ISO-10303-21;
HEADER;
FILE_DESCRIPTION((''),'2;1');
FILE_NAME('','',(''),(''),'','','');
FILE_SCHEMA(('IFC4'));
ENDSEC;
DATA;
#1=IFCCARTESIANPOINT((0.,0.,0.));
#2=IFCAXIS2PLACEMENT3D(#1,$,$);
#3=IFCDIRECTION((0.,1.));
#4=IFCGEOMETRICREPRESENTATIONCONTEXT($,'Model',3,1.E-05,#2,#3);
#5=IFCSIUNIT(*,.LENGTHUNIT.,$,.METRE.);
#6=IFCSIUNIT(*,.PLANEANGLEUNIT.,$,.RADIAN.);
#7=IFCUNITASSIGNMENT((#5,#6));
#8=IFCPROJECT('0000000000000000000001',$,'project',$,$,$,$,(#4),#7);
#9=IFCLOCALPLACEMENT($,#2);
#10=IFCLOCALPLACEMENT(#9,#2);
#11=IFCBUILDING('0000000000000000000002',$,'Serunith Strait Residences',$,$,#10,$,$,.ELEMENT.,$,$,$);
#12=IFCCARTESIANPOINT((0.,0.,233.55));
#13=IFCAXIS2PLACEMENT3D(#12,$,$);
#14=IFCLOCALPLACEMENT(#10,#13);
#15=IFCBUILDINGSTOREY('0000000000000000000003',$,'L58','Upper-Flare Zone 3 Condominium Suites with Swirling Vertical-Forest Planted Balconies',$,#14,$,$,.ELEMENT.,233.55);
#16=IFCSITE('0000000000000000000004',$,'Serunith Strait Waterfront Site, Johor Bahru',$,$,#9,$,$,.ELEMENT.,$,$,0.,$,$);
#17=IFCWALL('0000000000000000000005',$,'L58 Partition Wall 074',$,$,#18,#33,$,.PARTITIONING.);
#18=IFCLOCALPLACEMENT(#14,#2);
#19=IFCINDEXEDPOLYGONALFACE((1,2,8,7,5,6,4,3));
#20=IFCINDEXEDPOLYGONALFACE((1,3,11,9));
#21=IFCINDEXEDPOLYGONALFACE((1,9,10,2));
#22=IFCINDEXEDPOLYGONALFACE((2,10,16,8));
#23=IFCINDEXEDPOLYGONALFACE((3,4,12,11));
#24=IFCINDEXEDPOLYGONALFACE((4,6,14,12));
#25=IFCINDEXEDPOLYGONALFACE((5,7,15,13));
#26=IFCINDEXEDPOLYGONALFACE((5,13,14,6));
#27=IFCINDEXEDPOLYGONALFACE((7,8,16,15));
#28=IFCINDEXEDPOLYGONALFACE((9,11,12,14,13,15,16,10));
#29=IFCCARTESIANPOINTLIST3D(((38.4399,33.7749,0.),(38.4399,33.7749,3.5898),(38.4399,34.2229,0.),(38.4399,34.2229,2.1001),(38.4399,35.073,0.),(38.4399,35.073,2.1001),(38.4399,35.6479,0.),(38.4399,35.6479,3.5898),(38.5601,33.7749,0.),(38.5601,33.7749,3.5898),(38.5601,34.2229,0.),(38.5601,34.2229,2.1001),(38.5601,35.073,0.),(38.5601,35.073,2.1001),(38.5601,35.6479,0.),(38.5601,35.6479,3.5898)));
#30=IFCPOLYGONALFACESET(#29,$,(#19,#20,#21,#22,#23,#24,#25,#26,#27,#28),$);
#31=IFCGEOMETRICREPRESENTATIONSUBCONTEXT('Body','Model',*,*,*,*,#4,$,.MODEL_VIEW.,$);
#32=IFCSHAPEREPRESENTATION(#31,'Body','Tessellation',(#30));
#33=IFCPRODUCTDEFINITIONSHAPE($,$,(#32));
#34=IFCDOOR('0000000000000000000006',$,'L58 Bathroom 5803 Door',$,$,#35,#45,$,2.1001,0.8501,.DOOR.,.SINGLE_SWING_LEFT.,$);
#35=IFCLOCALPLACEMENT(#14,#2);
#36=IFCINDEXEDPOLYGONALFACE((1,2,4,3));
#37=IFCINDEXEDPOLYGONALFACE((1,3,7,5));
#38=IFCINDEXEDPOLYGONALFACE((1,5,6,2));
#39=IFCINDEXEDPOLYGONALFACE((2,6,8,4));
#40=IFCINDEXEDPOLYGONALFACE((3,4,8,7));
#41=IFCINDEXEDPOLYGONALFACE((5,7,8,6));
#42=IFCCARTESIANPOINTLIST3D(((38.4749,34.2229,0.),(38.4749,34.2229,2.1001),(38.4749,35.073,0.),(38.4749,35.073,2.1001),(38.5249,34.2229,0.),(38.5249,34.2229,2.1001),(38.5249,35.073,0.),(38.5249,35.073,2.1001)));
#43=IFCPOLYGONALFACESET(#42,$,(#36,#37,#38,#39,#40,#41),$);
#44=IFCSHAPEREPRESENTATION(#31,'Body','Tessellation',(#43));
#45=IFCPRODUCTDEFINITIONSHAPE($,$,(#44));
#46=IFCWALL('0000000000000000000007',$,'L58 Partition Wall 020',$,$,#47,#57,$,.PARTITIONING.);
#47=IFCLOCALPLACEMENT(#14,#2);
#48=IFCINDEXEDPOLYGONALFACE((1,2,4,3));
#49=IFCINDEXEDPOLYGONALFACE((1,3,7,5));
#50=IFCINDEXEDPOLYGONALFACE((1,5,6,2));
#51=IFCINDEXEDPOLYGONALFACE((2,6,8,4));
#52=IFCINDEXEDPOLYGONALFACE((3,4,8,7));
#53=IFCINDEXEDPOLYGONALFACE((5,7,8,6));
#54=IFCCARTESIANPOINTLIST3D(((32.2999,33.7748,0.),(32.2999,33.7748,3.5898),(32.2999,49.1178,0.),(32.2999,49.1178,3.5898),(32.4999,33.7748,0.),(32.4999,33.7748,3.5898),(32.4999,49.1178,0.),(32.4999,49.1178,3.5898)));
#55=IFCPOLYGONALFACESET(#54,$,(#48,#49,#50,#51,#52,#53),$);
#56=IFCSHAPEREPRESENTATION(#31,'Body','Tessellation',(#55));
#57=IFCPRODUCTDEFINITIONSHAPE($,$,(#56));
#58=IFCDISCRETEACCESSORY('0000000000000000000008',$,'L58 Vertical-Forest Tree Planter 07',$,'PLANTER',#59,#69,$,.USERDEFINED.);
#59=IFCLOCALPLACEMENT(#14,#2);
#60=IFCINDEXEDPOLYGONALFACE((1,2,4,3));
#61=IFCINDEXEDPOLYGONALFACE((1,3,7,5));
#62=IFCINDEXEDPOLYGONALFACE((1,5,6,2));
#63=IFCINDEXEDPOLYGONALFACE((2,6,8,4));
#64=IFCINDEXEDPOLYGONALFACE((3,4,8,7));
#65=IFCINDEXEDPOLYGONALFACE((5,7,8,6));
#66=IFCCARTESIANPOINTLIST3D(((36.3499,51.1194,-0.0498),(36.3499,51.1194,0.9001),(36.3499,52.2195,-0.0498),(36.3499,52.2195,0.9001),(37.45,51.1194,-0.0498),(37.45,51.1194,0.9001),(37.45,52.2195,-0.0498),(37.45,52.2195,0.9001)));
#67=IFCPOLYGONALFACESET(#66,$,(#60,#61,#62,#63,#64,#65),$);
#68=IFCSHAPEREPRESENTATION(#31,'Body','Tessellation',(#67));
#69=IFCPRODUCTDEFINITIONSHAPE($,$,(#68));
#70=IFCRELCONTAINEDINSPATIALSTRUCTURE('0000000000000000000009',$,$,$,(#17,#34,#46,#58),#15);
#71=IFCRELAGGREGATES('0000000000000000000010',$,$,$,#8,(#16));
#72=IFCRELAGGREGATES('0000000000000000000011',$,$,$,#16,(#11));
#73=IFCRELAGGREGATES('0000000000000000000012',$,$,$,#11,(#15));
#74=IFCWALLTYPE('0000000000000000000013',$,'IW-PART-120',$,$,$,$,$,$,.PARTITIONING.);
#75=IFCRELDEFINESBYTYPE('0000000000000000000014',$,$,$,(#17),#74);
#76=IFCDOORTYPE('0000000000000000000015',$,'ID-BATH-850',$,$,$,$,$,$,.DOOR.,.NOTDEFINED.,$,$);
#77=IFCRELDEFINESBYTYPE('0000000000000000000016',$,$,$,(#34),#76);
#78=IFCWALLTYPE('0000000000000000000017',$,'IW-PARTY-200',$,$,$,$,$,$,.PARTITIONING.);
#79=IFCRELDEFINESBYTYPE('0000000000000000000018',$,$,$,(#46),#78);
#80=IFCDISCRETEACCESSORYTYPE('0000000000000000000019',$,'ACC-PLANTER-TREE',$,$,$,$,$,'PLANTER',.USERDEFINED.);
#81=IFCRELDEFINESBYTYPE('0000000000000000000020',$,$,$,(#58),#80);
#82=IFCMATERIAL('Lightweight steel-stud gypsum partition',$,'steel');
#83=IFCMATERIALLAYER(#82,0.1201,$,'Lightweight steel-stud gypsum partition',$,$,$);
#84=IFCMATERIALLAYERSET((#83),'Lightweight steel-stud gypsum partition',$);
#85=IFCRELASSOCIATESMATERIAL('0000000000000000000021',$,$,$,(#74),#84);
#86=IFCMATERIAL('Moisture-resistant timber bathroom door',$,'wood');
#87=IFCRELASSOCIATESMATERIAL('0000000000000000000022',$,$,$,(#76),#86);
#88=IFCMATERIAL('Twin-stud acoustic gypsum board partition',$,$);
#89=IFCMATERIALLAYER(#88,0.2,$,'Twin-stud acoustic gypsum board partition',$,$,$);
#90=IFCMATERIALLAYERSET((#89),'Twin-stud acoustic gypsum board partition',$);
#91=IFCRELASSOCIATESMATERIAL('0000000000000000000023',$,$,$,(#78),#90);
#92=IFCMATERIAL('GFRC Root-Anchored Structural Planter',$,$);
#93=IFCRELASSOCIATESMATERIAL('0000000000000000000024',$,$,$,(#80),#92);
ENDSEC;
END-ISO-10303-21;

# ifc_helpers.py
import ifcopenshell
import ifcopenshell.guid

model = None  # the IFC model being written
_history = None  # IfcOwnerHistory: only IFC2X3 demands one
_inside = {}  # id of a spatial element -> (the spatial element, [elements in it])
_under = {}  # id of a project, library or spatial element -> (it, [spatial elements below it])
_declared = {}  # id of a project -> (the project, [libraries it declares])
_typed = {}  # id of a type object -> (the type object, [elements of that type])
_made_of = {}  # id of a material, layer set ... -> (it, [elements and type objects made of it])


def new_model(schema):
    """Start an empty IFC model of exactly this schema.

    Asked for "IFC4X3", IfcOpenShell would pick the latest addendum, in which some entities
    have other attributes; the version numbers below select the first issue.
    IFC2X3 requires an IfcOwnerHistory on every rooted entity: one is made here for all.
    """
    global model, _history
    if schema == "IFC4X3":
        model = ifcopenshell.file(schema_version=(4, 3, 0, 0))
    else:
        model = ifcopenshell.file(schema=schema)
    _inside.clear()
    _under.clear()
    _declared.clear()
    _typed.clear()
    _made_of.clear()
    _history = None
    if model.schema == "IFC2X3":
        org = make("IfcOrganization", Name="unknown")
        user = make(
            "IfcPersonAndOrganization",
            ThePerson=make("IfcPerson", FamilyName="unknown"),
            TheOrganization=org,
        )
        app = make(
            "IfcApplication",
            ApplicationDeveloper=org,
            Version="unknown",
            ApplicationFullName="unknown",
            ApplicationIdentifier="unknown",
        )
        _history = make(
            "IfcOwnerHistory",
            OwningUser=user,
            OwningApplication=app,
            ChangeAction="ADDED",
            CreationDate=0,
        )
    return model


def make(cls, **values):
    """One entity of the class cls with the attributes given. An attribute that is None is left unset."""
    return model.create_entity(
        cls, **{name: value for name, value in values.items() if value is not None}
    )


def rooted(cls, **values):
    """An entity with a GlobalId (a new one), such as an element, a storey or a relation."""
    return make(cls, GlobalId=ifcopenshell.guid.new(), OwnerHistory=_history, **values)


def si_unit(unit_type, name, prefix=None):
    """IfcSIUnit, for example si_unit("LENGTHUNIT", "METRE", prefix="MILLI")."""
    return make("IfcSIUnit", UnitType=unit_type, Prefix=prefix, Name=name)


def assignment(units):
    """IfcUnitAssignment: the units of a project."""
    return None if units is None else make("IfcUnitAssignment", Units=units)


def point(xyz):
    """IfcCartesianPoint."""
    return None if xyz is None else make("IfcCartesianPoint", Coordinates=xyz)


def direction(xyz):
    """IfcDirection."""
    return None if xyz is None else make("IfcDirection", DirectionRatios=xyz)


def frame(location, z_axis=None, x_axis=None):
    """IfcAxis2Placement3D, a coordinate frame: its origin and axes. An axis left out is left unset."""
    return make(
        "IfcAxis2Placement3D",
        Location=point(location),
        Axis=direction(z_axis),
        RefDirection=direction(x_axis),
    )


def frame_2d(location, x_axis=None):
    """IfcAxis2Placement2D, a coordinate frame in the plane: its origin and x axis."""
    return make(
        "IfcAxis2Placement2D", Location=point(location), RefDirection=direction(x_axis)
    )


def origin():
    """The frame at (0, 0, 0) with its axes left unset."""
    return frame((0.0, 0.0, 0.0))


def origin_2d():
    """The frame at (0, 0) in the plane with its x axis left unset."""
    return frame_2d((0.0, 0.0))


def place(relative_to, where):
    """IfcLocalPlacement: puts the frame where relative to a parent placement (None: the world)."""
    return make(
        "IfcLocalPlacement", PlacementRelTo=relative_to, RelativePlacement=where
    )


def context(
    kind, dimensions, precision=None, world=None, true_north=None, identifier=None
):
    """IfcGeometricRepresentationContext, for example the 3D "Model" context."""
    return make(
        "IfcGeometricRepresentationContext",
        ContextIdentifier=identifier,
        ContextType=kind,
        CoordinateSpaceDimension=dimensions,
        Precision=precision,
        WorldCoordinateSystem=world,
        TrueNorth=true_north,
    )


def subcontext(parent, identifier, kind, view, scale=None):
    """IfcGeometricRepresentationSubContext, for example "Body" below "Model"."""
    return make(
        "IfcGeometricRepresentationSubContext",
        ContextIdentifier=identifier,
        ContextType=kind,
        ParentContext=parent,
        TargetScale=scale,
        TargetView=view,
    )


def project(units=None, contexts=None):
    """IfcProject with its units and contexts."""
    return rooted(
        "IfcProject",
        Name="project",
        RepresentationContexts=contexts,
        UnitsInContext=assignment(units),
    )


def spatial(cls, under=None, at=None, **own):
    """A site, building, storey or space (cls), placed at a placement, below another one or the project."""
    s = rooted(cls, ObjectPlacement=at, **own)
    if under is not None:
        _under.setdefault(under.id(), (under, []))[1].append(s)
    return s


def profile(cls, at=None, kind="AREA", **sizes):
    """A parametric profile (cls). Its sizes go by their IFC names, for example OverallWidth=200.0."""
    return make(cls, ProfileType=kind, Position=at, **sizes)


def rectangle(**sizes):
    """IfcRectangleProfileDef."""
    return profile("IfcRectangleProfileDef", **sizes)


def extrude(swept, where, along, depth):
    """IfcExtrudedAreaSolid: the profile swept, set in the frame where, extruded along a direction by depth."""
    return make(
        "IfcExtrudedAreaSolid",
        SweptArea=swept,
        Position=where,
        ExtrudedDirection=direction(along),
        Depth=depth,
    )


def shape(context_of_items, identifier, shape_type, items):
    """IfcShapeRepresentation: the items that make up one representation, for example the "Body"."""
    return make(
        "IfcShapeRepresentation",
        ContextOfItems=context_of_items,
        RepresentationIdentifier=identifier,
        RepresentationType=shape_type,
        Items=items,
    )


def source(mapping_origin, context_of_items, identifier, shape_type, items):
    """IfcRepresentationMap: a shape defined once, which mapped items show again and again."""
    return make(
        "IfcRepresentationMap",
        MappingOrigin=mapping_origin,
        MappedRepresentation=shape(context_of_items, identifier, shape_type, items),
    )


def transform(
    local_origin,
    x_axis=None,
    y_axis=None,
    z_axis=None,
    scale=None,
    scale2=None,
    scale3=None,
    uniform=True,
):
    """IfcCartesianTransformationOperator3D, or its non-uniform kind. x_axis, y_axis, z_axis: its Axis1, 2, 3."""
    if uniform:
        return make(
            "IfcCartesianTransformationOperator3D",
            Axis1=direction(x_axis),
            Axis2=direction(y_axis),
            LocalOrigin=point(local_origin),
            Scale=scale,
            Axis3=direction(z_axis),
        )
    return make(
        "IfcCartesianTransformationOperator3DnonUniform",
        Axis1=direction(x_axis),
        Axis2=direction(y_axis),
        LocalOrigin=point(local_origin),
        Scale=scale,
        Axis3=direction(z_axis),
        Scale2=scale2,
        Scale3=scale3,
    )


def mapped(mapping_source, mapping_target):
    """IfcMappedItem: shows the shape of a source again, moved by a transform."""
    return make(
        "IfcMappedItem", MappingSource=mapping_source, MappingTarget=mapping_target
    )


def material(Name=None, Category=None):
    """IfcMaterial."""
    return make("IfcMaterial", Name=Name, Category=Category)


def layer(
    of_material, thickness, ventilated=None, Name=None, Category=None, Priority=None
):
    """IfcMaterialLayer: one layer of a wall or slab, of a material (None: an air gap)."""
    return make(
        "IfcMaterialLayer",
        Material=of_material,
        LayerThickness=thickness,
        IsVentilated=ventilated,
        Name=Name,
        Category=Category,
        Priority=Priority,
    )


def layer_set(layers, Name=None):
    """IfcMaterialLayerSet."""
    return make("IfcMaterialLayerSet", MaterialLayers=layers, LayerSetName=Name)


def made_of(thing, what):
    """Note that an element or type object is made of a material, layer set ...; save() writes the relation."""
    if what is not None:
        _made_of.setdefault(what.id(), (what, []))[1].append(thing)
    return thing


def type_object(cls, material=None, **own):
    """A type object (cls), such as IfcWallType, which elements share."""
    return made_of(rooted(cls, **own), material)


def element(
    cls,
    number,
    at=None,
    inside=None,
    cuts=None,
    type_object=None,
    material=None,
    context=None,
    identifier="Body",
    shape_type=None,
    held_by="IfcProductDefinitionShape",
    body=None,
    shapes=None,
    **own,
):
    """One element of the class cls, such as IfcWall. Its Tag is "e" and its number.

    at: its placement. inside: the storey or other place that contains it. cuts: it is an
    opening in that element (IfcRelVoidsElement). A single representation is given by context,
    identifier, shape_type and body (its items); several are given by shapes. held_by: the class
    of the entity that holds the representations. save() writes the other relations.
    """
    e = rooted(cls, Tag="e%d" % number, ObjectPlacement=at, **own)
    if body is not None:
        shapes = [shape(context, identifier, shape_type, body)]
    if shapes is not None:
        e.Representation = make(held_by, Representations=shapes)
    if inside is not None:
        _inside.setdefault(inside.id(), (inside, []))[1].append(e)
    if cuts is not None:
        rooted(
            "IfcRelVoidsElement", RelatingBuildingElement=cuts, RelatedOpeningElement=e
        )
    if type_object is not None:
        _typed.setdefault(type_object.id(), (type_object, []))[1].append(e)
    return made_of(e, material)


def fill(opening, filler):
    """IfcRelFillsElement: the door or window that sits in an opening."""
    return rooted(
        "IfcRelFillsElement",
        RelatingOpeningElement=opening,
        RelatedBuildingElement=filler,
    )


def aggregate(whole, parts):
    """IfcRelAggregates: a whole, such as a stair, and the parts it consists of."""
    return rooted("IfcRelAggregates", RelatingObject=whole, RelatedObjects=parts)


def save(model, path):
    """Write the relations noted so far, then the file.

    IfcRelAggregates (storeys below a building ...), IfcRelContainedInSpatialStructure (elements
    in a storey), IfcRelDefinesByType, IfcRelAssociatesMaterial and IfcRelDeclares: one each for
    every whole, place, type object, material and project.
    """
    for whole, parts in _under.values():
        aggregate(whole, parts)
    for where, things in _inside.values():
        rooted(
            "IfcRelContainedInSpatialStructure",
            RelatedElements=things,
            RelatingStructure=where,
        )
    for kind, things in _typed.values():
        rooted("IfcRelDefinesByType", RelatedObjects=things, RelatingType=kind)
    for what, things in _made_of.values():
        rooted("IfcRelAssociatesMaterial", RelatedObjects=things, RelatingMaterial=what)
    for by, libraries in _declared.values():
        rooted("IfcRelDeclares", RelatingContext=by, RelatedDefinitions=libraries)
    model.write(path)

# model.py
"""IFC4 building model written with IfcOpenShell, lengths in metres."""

from ifc_helpers import new_model, si_unit, direction, frame, frame_2d, origin, origin_2d, place, context, subcontext, project, spatial, rectangle, extrude, source, transform, mapped, material, layer, layer_set, type_object, element, fill, save


model = new_model("IFC4")

# Units and contexts
model_context = context("Model", 3, precision=1e-05, world=origin(), true_north=direction((0.0, 1.0)))
body_context = subcontext(model_context, "Body", "Model", "MODEL_VIEW")
ifc_project = project(units=[si_unit("LENGTHUNIT", "METRE"), si_unit("PLANEANGLEUNIT", "RADIAN")], contexts=[model_context])

# Site, building, storey
site_placement = place(None, origin())
site = spatial("IfcSite", under=ifc_project, at=site_placement, Name="Serunith Strait Waterfront Site, Johor Bahru", CompositionType="ELEMENT", RefElevation=0.0)
building_placement = place(site_placement, origin())
building = spatial("IfcBuilding", under=site, at=building_placement, Name="Serunith Strait Residences", CompositionType="ELEMENT")
storey_placement = place(building_placement, frame((0.0, 0.0, 233.55)))
storey = spatial("IfcBuildingStorey", under=building, at=storey_placement, Name="L58", Description="Upper-Flare Zone 3 Condominium Suites with Swirling Vertical-Forest Planted Balconies", CompositionType="ELEMENT", Elevation=233.55)

# Shared definitions
ifc_material_1 = material(Name="Lightweight steel-stud gypsum partition", Category="steel")
ifc_layer_1 = layer(ifc_material_1, 0.1201, Name="Lightweight steel-stud gypsum partition")
ifc_layer_set_1 = layer_set([ifc_layer_1], Name="Lightweight steel-stud gypsum partition")
wall_type_1 = type_object("IfcWallType", Name="IW-PART-120", PredefinedType="PARTITIONING", material=ifc_layer_set_1)
shared_shape_1 = source(origin(), body_context, "Body", "SweptSolid", [
    extrude(rectangle(XDim=0.8501, YDim=2.1001, at=frame_2d((0.425, 1.05))), frame((0.0, 0.0249, 0.0), z_axis=(0.0, -1.0, 0.0), x_axis=(1.0, 0.0, 0.0)), (0.0, 0.0, 1.0), 0.05),
])

# Wall, opening, door
wall_1_placement = place(storey_placement, frame((38.5, 35.6479, 0.0), z_axis=(0.0, 0.0, 1.0), x_axis=(0.0, -1.0, 0.0)))
wall_1 = element("IfcWall", 1, at=wall_1_placement, inside=storey, type_object=wall_type_1, Name="L58 Partition Wall 074", PredefinedType="PARTITIONING", context=body_context, shape_type="SweptSolid", body=[
    extrude(rectangle(XDim=1.873, YDim=0.1201, at=frame_2d((0.9365, 0.0))), origin(), (0.0, 0.0, 1.0), 3.5898),
])
opening_1_placement = place(wall_1_placement, frame((0.575, 0.0, 0.0)))
opening_1 = element("IfcOpeningElement", 2, at=opening_1_placement, cuts=wall_1, PredefinedType="OPENING", context=body_context, shape_type="SweptSolid", body=[
    extrude(rectangle(XDim=0.8501, YDim=2.1001, at=frame_2d((0.425, 1.05))), frame((0.0, 0.0701, 0.0), z_axis=(0.0, -1.0, 0.0), x_axis=(1.0, 0.0, 0.0)), (0.0, 0.0, 1.0), 0.1401),
])
ifc_material_2 = material(Name="Moisture-resistant timber bathroom door", Category="wood")
door_type_1 = type_object("IfcDoorType", Name="ID-BATH-850", OperationType="NOTDEFINED", PredefinedType="DOOR", material=ifc_material_2)
door_1_placement = place(opening_1_placement, origin())
door_1 = element("IfcDoor", 3, at=door_1_placement, inside=storey, type_object=door_type_1, Name="L58 Bathroom 5803 Door", OperationType="SINGLE_SWING_LEFT", OverallHeight=2.1001, OverallWidth=0.8501, PredefinedType="DOOR", context=body_context, shape_type="MappedRepresentation", body=[
    mapped(shared_shape_1, transform((0.0, 0.0, 0.0), scale=1.0)),
])
fill(opening_1, door_1)

# Wall
ifc_material_3 = material(Name="Twin-stud acoustic gypsum board partition")
ifc_layer_2 = layer(ifc_material_3, 0.2, Name="Twin-stud acoustic gypsum board partition")
ifc_layer_set_2 = layer_set([ifc_layer_2], Name="Twin-stud acoustic gypsum board partition")
wall_type_2 = type_object("IfcWallType", Name="IW-PARTY-200", PredefinedType="PARTITIONING", material=ifc_layer_set_2)
wall_2_placement = place(storey_placement, frame((32.3999, 33.7749, 0.0), z_axis=(0.0, 0.0, 1.0), x_axis=(0.0, 1.0, 0.0)))
element("IfcWall", 4, at=wall_2_placement, inside=storey, type_object=wall_type_2, Name="L58 Partition Wall 020", PredefinedType="PARTITIONING", context=body_context, shape_type="SweptSolid", body=[
    extrude(rectangle(XDim=15.343, YDim=0.2, at=frame_2d((7.6714, 0.0))), origin(), (0.0, 0.0, 1.0), 3.5898),
])

# Discrete accessory
ifc_material_4 = material(Name="GFRC Root-Anchored Structural Planter")
discrete_accessory_type = type_object("IfcDiscreteAccessoryType", Name="ACC-PLANTER-TREE", ElementType="PLANTER", PredefinedType="USERDEFINED", material=ifc_material_4)
shared_shape_2 = source(origin(), body_context, "Body", "SweptSolid", [
    extrude(rectangle(XDim=1.1001, YDim=1.1001, at=origin_2d()), origin(), (0.0, 0.0, 1.0), 0.95),
])
discrete_accessory_placement = place(storey_placement, frame((36.8999, 51.6694, -0.0498), z_axis=(0.0, 0.0, 1.0), x_axis=(-1.0, 0.0, 0.0)))
element("IfcDiscreteAccessory", 5, at=discrete_accessory_placement, inside=storey, type_object=discrete_accessory_type, Name="L58 Vertical-Forest Tree Planter 07", ObjectType="PLANTER", PredefinedType="USERDEFINED", context=body_context, shape_type="MappedRepresentation", body=[
    mapped(shared_shape_2, transform((0.0, 0.0, 0.0), scale=1.0)),
])

save(model, "model.ifc")
